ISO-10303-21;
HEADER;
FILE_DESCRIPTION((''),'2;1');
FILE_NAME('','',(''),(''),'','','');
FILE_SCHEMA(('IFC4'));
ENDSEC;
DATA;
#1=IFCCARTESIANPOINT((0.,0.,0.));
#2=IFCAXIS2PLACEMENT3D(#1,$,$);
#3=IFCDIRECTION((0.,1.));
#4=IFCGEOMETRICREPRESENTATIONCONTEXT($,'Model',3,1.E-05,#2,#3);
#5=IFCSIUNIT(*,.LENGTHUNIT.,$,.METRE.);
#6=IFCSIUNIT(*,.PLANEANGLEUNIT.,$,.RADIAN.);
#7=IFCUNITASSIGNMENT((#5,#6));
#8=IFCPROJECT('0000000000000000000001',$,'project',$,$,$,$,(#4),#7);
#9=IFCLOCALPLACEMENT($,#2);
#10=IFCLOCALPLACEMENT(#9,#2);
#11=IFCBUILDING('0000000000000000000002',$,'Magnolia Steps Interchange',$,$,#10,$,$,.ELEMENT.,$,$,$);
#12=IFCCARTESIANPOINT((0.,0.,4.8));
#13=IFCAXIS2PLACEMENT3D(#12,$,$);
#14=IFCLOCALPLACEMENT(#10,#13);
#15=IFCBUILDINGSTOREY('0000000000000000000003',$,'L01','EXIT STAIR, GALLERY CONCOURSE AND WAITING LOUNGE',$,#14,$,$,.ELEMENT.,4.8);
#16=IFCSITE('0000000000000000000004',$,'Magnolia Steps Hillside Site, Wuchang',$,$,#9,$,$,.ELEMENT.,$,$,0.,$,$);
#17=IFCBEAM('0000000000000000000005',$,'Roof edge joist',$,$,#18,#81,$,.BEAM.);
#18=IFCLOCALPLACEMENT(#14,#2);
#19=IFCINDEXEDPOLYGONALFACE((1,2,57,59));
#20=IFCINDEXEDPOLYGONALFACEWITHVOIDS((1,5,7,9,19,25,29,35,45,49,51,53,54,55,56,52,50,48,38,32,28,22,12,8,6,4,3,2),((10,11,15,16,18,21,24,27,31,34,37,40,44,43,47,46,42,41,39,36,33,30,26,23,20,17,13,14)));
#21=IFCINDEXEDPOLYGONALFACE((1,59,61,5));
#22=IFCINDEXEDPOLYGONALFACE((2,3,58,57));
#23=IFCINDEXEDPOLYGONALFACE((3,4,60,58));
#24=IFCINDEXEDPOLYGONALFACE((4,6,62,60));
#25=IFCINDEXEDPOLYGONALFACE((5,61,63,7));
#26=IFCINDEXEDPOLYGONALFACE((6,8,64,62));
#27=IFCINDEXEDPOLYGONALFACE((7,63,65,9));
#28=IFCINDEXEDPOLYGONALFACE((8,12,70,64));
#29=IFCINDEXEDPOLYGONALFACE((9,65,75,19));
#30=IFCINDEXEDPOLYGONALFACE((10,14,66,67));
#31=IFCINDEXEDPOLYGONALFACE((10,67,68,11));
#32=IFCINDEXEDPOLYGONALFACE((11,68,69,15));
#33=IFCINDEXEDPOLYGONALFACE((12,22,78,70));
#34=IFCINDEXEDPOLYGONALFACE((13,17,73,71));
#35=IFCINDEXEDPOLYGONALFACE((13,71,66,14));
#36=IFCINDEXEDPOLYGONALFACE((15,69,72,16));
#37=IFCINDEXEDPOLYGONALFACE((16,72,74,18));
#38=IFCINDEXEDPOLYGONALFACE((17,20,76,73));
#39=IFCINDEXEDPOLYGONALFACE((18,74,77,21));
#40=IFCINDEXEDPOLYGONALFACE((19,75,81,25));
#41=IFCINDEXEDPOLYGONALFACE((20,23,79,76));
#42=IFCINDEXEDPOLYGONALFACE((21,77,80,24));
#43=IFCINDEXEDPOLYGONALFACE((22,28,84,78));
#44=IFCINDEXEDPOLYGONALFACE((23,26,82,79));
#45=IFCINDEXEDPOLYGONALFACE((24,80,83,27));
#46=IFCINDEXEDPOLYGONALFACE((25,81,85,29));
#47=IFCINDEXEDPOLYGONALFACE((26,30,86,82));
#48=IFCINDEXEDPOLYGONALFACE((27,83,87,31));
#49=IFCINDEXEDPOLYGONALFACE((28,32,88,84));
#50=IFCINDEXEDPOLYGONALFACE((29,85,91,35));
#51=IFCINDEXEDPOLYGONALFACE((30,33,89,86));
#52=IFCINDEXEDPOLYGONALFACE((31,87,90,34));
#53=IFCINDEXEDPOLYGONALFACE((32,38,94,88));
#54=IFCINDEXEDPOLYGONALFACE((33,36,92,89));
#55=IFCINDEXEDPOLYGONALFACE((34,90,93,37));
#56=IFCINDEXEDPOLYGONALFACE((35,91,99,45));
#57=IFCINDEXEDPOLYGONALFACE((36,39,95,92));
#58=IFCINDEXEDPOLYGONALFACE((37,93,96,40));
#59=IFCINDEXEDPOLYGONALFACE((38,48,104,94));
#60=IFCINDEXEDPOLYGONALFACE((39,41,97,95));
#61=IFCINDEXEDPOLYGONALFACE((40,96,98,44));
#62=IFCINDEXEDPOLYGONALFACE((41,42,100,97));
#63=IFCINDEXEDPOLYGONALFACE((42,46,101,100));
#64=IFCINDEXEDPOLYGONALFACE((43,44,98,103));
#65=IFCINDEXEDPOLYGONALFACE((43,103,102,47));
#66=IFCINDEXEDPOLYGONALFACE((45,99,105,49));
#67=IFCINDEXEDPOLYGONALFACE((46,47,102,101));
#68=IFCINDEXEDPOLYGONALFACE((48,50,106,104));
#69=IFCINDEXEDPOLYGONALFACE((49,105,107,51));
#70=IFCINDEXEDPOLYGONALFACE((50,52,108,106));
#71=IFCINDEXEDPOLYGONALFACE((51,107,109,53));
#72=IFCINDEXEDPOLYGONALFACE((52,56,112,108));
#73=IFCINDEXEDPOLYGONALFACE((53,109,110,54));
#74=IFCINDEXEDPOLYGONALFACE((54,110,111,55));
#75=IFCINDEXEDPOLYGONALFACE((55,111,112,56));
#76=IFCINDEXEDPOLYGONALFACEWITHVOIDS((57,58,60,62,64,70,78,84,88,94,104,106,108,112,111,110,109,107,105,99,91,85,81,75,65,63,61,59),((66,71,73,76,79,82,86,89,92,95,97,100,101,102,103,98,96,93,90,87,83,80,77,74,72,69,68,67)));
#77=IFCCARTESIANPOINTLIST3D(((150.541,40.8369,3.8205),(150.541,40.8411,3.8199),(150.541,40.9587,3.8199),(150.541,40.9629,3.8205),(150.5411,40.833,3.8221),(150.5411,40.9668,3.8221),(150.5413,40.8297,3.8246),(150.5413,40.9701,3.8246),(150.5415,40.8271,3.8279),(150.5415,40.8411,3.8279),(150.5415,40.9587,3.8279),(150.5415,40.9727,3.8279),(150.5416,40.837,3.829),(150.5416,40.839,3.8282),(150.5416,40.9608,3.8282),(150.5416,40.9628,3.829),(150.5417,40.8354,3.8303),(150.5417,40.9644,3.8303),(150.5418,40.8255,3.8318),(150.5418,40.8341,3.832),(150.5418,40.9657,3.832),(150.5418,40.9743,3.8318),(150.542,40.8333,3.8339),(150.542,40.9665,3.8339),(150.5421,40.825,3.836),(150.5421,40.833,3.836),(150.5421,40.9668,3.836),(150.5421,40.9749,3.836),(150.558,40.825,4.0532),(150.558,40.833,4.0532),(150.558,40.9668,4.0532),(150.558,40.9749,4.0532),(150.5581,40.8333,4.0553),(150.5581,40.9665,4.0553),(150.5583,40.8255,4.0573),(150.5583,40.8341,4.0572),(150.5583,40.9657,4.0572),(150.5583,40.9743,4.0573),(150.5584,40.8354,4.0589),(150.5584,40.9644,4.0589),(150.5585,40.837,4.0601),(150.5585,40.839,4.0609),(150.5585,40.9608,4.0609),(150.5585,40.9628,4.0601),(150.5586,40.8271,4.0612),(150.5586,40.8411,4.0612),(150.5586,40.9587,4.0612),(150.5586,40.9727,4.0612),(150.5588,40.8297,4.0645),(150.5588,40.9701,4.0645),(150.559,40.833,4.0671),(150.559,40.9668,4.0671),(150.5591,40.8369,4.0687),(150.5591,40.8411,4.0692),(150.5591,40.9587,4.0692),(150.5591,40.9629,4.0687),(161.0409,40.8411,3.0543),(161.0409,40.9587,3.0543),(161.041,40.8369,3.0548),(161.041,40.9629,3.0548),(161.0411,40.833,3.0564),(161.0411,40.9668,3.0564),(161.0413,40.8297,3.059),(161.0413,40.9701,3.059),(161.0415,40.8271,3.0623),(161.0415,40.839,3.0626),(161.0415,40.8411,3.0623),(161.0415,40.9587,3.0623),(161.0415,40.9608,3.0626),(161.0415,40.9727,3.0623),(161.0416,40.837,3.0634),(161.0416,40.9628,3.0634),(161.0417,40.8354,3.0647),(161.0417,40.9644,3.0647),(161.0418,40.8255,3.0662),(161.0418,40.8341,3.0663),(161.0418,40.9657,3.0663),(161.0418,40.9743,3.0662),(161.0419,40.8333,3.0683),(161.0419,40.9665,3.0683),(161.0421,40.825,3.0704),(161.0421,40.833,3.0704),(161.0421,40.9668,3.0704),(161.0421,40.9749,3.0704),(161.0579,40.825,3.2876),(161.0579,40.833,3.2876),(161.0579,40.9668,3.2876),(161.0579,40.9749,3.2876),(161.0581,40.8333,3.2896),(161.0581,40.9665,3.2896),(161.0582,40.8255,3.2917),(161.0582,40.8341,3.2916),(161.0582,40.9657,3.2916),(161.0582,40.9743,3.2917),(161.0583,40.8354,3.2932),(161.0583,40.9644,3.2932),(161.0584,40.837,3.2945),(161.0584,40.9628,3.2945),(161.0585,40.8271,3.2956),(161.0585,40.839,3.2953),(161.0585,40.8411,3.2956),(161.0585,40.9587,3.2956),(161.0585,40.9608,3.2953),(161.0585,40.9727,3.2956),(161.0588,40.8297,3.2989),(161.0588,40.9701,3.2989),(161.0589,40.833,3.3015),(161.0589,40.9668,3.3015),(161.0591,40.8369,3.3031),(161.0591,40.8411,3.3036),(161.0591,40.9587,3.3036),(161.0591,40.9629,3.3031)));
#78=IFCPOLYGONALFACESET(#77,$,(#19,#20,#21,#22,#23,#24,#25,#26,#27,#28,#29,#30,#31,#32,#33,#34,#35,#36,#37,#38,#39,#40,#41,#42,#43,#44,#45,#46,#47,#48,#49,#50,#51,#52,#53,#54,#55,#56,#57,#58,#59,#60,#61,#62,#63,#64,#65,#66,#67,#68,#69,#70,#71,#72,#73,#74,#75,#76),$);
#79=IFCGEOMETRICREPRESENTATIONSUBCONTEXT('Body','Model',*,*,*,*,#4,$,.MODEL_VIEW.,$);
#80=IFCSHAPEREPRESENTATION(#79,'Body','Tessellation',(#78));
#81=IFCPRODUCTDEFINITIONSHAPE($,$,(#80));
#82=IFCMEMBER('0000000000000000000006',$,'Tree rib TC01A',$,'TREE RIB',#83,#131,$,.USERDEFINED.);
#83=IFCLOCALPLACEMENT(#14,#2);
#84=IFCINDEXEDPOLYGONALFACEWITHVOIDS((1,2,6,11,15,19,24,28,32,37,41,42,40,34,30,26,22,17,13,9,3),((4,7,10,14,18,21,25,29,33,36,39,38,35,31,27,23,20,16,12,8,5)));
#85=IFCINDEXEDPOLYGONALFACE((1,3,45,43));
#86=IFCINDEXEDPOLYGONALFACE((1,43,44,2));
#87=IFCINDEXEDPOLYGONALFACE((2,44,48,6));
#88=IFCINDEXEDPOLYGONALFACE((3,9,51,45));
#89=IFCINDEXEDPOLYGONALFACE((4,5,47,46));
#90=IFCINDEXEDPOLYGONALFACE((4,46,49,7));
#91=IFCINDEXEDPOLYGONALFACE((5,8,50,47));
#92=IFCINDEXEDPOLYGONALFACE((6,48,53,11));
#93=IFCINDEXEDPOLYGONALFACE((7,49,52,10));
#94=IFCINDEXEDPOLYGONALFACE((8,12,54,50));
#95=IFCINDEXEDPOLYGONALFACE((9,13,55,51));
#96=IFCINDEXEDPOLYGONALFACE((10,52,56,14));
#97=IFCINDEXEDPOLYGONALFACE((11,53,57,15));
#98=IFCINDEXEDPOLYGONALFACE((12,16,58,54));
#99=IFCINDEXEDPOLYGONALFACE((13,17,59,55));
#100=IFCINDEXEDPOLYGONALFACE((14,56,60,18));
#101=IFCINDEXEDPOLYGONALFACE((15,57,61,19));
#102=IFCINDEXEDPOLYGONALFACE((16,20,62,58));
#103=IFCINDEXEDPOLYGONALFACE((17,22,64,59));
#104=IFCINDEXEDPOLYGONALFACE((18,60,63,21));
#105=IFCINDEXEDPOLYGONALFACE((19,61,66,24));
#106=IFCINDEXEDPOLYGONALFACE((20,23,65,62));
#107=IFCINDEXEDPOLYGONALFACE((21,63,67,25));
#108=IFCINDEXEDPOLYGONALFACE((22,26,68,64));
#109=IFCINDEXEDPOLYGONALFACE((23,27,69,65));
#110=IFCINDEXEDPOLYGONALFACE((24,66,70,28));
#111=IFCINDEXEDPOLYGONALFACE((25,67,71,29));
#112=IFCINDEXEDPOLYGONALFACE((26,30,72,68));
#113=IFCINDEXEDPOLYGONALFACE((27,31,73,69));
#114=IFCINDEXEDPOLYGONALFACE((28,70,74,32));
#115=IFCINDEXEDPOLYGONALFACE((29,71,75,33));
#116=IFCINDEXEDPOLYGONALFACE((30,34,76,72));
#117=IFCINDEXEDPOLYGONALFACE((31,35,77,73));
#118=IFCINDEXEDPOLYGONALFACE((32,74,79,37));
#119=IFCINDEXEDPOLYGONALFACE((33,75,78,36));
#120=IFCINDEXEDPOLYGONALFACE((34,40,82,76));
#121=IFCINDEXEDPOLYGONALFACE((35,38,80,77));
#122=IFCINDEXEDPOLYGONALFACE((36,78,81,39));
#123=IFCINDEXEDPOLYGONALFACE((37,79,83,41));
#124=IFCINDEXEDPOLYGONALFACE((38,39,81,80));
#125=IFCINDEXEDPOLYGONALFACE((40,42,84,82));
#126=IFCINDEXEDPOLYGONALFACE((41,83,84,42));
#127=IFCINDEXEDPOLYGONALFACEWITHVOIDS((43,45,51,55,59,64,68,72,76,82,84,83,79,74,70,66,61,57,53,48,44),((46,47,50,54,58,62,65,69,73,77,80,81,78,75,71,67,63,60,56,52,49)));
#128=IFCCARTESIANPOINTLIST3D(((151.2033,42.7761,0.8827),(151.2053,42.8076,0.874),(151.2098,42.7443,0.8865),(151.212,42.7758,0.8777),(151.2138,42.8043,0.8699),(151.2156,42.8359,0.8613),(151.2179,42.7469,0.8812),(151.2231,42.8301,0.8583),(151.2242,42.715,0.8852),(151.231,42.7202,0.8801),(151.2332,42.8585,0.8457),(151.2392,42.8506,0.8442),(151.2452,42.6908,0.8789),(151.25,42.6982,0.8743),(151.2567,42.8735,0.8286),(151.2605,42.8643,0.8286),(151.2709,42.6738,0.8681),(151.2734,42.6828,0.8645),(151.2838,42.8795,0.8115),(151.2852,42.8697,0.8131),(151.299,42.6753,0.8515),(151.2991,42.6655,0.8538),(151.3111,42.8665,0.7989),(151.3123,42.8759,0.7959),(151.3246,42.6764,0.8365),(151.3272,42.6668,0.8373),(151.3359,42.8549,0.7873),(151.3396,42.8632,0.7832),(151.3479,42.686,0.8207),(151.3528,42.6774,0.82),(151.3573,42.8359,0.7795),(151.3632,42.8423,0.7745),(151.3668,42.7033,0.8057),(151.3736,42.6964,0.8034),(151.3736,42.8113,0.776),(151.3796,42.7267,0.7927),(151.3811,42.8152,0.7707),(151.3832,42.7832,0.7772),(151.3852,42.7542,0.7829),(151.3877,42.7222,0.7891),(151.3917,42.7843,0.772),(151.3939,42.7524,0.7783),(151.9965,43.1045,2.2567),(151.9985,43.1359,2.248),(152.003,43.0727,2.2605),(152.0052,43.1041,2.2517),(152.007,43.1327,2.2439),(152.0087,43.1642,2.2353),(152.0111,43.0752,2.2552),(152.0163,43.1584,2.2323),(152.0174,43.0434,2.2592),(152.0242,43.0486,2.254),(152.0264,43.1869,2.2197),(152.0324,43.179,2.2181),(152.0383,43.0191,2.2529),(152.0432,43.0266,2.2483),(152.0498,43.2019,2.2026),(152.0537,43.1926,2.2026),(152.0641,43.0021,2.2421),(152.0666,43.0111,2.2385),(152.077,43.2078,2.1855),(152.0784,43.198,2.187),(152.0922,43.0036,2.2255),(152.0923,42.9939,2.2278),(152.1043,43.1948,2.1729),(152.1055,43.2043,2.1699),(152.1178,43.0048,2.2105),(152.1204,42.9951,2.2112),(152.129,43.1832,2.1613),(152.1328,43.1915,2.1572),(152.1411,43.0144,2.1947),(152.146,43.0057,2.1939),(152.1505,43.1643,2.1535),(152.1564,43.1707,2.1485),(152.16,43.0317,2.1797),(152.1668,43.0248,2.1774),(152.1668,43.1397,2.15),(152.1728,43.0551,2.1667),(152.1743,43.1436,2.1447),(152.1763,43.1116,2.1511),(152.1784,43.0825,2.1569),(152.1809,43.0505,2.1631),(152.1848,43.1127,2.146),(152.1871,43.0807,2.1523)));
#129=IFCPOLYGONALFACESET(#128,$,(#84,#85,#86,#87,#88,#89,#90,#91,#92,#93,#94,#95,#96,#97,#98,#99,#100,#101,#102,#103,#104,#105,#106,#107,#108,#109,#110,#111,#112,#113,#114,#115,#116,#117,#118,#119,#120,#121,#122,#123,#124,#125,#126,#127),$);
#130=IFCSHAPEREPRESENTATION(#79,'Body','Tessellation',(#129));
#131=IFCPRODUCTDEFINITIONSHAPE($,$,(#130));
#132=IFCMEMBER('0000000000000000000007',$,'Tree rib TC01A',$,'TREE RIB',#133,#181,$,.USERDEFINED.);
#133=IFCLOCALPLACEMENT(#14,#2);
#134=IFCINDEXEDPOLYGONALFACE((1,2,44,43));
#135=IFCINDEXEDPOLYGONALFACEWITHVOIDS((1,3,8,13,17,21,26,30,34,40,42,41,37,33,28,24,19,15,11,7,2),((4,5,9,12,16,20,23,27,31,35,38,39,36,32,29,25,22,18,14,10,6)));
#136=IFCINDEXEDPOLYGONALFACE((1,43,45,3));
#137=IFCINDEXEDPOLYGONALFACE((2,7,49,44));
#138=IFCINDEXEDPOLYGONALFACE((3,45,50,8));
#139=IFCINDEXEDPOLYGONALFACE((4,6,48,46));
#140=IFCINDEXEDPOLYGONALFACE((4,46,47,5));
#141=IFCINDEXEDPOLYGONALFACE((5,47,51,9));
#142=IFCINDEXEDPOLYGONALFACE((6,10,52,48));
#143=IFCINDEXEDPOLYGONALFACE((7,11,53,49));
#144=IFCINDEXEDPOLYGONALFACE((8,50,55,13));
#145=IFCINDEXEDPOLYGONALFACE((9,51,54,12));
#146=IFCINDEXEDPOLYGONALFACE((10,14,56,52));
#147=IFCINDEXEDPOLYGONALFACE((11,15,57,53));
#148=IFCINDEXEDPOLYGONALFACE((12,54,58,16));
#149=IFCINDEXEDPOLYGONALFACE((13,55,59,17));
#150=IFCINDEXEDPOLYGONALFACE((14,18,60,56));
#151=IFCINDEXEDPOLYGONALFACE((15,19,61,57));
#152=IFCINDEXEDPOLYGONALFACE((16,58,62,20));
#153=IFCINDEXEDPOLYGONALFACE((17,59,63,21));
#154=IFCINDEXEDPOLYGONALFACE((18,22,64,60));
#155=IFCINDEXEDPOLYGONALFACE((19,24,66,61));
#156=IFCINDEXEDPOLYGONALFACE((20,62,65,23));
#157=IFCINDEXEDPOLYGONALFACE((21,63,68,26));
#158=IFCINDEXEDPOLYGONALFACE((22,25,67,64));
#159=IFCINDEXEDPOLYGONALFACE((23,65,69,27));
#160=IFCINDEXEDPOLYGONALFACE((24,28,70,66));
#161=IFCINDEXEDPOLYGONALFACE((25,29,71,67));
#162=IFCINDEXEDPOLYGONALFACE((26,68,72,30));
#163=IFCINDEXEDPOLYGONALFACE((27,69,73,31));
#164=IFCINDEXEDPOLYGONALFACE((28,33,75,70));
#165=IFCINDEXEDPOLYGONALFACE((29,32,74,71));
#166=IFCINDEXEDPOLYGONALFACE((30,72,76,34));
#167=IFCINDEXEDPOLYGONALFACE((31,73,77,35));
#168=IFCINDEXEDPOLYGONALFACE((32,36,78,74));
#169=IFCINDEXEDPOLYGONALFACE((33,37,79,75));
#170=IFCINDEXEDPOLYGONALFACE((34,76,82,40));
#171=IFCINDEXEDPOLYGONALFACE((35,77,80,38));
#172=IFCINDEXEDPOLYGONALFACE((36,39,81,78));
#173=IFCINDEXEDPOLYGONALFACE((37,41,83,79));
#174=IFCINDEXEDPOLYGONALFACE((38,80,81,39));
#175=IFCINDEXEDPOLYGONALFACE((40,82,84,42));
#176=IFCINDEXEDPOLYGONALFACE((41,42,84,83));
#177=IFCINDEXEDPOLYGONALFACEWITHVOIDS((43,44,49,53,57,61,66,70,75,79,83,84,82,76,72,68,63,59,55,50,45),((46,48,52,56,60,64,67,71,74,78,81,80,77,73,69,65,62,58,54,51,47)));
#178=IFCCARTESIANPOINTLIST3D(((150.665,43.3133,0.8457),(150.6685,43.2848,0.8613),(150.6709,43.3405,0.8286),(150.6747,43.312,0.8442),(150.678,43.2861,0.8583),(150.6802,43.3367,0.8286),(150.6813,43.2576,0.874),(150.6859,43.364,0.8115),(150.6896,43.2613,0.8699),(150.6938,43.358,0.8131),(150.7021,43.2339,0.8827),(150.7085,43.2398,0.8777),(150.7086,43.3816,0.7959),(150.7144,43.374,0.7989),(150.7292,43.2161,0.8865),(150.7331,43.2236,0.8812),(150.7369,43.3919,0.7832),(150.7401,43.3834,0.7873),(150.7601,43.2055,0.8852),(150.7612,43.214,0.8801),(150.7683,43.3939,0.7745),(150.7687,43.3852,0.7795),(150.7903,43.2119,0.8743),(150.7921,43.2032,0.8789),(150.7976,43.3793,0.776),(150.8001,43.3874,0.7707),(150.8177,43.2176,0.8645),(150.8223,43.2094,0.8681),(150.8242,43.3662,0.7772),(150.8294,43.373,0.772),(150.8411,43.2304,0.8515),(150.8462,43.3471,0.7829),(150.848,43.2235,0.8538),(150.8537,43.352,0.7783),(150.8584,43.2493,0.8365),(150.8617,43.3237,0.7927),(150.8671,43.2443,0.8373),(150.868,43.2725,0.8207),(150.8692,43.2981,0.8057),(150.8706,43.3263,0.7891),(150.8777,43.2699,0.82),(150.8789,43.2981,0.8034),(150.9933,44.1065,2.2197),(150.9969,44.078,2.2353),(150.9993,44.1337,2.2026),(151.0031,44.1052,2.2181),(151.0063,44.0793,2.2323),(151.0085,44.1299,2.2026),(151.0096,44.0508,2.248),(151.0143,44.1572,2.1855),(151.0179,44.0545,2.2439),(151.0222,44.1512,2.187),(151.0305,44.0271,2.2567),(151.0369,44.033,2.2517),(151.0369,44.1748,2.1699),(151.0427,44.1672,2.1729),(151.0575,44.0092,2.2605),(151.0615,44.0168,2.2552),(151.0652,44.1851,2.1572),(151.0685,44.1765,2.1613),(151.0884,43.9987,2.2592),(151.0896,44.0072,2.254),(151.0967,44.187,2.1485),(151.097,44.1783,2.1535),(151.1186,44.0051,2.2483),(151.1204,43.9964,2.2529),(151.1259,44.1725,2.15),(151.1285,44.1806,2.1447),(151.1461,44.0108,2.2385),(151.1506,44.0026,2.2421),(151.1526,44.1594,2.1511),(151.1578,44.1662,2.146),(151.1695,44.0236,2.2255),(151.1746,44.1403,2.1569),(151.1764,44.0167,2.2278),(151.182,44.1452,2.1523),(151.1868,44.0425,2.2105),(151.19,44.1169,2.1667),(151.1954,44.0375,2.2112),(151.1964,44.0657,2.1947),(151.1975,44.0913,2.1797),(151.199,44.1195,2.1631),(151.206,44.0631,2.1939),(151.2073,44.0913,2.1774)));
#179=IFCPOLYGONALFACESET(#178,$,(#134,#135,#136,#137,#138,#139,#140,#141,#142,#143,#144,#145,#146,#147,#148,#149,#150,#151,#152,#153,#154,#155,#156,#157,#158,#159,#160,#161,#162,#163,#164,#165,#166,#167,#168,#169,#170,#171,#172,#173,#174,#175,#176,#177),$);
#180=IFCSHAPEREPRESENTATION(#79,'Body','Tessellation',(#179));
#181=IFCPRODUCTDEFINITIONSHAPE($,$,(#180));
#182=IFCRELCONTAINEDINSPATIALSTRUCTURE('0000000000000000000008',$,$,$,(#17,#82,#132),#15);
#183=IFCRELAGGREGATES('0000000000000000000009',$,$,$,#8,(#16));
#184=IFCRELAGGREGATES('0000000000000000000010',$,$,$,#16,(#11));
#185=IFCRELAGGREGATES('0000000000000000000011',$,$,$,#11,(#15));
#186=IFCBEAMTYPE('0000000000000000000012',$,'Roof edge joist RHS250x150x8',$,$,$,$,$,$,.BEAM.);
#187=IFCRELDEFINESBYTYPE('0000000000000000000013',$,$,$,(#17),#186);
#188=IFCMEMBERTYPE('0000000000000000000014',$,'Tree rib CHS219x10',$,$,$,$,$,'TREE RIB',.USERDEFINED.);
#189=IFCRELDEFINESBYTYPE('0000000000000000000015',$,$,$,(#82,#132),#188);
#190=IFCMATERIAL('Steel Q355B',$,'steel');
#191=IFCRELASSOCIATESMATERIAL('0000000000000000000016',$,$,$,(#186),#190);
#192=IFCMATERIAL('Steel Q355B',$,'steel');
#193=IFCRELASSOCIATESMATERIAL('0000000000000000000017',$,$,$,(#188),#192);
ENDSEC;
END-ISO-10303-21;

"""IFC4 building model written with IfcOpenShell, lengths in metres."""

from ifc_helpers import new_model, si_unit, direction, frame, origin, origin_2d, place, context, subcontext, project, spatial, hollow_rectangle, hollow_circle, extrude, material, material_profile, profile_set, type_object, element, save


model = new_model("IFC4")

# Units and contexts
model_context = context("Model", 3, precision=1e-05, world=origin(), true_north=direction((0.0, 1.0)))
body_context = subcontext(model_context, "Body", "Model", "MODEL_VIEW")
ifc_project = project(units=[si_unit("LENGTHUNIT", "METRE"), si_unit("PLANEANGLEUNIT", "RADIAN")], contexts=[model_context])

# Site, building, storey
site_placement = place(None, origin())
site = spatial("IfcSite", under=ifc_project, at=site_placement, Name="Magnolia Steps Hillside Site, Wuchang", CompositionType="ELEMENT", RefElevation=0.0)
building_placement = place(site_placement, origin())
building = spatial("IfcBuilding", under=site, at=building_placement, Name="Magnolia Steps Interchange", CompositionType="ELEMENT")
storey_placement = place(building_placement, frame((0.0, 0.0, 4.8)))
storey = spatial("IfcBuildingStorey", under=building, at=storey_placement, Name="L01", Description="EXIT STAIR, GALLERY CONCOURSE AND WAITING LOUNGE", CompositionType="ELEMENT", Elevation=4.8)

# Beam
ifc_material_1 = material(Name="Steel Q355B", Category="steel")
ifc_material_profile_1 = material_profile(ifc_material_1, hollow_rectangle(XDim=0.1499, YDim=0.25, WallThickness=0.0081, InnerFilletRadius=0.0081, OuterFilletRadius=0.0161, at=origin_2d()), Name="RHS250x150x8")
ifc_profile_set_1 = profile_set([ifc_material_profile_1], Name="Steel Q355B")
beam_type_1 = type_object("IfcBeamType", Name="Roof edge joist RHS250x150x8", PredefinedType="BEAM", material=ifc_profile_set_1)
beam_1_placement = place(storey_placement, frame((150.55, 40.8999, 3.9446), z_axis=(0.997352, 0.0, -0.072724), x_axis=(0.0, 1.0, 0.0)))
element("IfcBeam", 1, at=beam_1_placement, inside=storey, type_object=beam_type_1, Name="Roof edge joist", PredefinedType="BEAM", context=body_context, shape_type="SweptSolid", body=[
    extrude(hollow_rectangle(XDim=0.1499, YDim=0.25, WallThickness=0.0081, InnerFilletRadius=0.0081, OuterFilletRadius=0.0161, at=origin_2d()), origin(), (0.0, 0.0, 1.0), 10.5278),
])

# Members
ifc_material_2 = material(Name="Steel Q355B", Category="steel")
ifc_material_profile_2 = material_profile(ifc_material_2, hollow_circle(Radius=0.1096, WallThickness=0.01, at=origin_2d()), Name="CHS219x10")
ifc_profile_set_2 = profile_set([ifc_material_profile_2], Name="Steel Q355B")
member_type = type_object("IfcMemberType", Name="Tree rib CHS219x10", ElementType="TREE RIB", PredefinedType="USERDEFINED", material=ifc_profile_set_2)
for number, where, z_axis, x_axis, name in (
    (2, (151.2986, 42.7722, 0.8286), (0.489586, 0.202676, 0.848073), (-0.382494, 0.923958, 0.0), "Tree rib TC01A"),
    (3, (150.7722, 43.2986, 0.8286), (0.202676, 0.489586, 0.848073), (-0.923958, 0.382494, 0.0), "Tree rib TC01A"),
):
    element("IfcMember", number, at=place(storey_placement, frame(where, z_axis=z_axis, x_axis=x_axis)), inside=storey, type_object=member_type, Name=name, ObjectType="TREE RIB", PredefinedType="USERDEFINED", context=body_context, shape_type="SweptSolid", body=[
        extrude(hollow_circle(Radius=0.1096, WallThickness=0.01, at=origin_2d()), origin(), (0.0, 0.0, 1.0), 1.6201),
    ])

save(model, "model.ifc")
